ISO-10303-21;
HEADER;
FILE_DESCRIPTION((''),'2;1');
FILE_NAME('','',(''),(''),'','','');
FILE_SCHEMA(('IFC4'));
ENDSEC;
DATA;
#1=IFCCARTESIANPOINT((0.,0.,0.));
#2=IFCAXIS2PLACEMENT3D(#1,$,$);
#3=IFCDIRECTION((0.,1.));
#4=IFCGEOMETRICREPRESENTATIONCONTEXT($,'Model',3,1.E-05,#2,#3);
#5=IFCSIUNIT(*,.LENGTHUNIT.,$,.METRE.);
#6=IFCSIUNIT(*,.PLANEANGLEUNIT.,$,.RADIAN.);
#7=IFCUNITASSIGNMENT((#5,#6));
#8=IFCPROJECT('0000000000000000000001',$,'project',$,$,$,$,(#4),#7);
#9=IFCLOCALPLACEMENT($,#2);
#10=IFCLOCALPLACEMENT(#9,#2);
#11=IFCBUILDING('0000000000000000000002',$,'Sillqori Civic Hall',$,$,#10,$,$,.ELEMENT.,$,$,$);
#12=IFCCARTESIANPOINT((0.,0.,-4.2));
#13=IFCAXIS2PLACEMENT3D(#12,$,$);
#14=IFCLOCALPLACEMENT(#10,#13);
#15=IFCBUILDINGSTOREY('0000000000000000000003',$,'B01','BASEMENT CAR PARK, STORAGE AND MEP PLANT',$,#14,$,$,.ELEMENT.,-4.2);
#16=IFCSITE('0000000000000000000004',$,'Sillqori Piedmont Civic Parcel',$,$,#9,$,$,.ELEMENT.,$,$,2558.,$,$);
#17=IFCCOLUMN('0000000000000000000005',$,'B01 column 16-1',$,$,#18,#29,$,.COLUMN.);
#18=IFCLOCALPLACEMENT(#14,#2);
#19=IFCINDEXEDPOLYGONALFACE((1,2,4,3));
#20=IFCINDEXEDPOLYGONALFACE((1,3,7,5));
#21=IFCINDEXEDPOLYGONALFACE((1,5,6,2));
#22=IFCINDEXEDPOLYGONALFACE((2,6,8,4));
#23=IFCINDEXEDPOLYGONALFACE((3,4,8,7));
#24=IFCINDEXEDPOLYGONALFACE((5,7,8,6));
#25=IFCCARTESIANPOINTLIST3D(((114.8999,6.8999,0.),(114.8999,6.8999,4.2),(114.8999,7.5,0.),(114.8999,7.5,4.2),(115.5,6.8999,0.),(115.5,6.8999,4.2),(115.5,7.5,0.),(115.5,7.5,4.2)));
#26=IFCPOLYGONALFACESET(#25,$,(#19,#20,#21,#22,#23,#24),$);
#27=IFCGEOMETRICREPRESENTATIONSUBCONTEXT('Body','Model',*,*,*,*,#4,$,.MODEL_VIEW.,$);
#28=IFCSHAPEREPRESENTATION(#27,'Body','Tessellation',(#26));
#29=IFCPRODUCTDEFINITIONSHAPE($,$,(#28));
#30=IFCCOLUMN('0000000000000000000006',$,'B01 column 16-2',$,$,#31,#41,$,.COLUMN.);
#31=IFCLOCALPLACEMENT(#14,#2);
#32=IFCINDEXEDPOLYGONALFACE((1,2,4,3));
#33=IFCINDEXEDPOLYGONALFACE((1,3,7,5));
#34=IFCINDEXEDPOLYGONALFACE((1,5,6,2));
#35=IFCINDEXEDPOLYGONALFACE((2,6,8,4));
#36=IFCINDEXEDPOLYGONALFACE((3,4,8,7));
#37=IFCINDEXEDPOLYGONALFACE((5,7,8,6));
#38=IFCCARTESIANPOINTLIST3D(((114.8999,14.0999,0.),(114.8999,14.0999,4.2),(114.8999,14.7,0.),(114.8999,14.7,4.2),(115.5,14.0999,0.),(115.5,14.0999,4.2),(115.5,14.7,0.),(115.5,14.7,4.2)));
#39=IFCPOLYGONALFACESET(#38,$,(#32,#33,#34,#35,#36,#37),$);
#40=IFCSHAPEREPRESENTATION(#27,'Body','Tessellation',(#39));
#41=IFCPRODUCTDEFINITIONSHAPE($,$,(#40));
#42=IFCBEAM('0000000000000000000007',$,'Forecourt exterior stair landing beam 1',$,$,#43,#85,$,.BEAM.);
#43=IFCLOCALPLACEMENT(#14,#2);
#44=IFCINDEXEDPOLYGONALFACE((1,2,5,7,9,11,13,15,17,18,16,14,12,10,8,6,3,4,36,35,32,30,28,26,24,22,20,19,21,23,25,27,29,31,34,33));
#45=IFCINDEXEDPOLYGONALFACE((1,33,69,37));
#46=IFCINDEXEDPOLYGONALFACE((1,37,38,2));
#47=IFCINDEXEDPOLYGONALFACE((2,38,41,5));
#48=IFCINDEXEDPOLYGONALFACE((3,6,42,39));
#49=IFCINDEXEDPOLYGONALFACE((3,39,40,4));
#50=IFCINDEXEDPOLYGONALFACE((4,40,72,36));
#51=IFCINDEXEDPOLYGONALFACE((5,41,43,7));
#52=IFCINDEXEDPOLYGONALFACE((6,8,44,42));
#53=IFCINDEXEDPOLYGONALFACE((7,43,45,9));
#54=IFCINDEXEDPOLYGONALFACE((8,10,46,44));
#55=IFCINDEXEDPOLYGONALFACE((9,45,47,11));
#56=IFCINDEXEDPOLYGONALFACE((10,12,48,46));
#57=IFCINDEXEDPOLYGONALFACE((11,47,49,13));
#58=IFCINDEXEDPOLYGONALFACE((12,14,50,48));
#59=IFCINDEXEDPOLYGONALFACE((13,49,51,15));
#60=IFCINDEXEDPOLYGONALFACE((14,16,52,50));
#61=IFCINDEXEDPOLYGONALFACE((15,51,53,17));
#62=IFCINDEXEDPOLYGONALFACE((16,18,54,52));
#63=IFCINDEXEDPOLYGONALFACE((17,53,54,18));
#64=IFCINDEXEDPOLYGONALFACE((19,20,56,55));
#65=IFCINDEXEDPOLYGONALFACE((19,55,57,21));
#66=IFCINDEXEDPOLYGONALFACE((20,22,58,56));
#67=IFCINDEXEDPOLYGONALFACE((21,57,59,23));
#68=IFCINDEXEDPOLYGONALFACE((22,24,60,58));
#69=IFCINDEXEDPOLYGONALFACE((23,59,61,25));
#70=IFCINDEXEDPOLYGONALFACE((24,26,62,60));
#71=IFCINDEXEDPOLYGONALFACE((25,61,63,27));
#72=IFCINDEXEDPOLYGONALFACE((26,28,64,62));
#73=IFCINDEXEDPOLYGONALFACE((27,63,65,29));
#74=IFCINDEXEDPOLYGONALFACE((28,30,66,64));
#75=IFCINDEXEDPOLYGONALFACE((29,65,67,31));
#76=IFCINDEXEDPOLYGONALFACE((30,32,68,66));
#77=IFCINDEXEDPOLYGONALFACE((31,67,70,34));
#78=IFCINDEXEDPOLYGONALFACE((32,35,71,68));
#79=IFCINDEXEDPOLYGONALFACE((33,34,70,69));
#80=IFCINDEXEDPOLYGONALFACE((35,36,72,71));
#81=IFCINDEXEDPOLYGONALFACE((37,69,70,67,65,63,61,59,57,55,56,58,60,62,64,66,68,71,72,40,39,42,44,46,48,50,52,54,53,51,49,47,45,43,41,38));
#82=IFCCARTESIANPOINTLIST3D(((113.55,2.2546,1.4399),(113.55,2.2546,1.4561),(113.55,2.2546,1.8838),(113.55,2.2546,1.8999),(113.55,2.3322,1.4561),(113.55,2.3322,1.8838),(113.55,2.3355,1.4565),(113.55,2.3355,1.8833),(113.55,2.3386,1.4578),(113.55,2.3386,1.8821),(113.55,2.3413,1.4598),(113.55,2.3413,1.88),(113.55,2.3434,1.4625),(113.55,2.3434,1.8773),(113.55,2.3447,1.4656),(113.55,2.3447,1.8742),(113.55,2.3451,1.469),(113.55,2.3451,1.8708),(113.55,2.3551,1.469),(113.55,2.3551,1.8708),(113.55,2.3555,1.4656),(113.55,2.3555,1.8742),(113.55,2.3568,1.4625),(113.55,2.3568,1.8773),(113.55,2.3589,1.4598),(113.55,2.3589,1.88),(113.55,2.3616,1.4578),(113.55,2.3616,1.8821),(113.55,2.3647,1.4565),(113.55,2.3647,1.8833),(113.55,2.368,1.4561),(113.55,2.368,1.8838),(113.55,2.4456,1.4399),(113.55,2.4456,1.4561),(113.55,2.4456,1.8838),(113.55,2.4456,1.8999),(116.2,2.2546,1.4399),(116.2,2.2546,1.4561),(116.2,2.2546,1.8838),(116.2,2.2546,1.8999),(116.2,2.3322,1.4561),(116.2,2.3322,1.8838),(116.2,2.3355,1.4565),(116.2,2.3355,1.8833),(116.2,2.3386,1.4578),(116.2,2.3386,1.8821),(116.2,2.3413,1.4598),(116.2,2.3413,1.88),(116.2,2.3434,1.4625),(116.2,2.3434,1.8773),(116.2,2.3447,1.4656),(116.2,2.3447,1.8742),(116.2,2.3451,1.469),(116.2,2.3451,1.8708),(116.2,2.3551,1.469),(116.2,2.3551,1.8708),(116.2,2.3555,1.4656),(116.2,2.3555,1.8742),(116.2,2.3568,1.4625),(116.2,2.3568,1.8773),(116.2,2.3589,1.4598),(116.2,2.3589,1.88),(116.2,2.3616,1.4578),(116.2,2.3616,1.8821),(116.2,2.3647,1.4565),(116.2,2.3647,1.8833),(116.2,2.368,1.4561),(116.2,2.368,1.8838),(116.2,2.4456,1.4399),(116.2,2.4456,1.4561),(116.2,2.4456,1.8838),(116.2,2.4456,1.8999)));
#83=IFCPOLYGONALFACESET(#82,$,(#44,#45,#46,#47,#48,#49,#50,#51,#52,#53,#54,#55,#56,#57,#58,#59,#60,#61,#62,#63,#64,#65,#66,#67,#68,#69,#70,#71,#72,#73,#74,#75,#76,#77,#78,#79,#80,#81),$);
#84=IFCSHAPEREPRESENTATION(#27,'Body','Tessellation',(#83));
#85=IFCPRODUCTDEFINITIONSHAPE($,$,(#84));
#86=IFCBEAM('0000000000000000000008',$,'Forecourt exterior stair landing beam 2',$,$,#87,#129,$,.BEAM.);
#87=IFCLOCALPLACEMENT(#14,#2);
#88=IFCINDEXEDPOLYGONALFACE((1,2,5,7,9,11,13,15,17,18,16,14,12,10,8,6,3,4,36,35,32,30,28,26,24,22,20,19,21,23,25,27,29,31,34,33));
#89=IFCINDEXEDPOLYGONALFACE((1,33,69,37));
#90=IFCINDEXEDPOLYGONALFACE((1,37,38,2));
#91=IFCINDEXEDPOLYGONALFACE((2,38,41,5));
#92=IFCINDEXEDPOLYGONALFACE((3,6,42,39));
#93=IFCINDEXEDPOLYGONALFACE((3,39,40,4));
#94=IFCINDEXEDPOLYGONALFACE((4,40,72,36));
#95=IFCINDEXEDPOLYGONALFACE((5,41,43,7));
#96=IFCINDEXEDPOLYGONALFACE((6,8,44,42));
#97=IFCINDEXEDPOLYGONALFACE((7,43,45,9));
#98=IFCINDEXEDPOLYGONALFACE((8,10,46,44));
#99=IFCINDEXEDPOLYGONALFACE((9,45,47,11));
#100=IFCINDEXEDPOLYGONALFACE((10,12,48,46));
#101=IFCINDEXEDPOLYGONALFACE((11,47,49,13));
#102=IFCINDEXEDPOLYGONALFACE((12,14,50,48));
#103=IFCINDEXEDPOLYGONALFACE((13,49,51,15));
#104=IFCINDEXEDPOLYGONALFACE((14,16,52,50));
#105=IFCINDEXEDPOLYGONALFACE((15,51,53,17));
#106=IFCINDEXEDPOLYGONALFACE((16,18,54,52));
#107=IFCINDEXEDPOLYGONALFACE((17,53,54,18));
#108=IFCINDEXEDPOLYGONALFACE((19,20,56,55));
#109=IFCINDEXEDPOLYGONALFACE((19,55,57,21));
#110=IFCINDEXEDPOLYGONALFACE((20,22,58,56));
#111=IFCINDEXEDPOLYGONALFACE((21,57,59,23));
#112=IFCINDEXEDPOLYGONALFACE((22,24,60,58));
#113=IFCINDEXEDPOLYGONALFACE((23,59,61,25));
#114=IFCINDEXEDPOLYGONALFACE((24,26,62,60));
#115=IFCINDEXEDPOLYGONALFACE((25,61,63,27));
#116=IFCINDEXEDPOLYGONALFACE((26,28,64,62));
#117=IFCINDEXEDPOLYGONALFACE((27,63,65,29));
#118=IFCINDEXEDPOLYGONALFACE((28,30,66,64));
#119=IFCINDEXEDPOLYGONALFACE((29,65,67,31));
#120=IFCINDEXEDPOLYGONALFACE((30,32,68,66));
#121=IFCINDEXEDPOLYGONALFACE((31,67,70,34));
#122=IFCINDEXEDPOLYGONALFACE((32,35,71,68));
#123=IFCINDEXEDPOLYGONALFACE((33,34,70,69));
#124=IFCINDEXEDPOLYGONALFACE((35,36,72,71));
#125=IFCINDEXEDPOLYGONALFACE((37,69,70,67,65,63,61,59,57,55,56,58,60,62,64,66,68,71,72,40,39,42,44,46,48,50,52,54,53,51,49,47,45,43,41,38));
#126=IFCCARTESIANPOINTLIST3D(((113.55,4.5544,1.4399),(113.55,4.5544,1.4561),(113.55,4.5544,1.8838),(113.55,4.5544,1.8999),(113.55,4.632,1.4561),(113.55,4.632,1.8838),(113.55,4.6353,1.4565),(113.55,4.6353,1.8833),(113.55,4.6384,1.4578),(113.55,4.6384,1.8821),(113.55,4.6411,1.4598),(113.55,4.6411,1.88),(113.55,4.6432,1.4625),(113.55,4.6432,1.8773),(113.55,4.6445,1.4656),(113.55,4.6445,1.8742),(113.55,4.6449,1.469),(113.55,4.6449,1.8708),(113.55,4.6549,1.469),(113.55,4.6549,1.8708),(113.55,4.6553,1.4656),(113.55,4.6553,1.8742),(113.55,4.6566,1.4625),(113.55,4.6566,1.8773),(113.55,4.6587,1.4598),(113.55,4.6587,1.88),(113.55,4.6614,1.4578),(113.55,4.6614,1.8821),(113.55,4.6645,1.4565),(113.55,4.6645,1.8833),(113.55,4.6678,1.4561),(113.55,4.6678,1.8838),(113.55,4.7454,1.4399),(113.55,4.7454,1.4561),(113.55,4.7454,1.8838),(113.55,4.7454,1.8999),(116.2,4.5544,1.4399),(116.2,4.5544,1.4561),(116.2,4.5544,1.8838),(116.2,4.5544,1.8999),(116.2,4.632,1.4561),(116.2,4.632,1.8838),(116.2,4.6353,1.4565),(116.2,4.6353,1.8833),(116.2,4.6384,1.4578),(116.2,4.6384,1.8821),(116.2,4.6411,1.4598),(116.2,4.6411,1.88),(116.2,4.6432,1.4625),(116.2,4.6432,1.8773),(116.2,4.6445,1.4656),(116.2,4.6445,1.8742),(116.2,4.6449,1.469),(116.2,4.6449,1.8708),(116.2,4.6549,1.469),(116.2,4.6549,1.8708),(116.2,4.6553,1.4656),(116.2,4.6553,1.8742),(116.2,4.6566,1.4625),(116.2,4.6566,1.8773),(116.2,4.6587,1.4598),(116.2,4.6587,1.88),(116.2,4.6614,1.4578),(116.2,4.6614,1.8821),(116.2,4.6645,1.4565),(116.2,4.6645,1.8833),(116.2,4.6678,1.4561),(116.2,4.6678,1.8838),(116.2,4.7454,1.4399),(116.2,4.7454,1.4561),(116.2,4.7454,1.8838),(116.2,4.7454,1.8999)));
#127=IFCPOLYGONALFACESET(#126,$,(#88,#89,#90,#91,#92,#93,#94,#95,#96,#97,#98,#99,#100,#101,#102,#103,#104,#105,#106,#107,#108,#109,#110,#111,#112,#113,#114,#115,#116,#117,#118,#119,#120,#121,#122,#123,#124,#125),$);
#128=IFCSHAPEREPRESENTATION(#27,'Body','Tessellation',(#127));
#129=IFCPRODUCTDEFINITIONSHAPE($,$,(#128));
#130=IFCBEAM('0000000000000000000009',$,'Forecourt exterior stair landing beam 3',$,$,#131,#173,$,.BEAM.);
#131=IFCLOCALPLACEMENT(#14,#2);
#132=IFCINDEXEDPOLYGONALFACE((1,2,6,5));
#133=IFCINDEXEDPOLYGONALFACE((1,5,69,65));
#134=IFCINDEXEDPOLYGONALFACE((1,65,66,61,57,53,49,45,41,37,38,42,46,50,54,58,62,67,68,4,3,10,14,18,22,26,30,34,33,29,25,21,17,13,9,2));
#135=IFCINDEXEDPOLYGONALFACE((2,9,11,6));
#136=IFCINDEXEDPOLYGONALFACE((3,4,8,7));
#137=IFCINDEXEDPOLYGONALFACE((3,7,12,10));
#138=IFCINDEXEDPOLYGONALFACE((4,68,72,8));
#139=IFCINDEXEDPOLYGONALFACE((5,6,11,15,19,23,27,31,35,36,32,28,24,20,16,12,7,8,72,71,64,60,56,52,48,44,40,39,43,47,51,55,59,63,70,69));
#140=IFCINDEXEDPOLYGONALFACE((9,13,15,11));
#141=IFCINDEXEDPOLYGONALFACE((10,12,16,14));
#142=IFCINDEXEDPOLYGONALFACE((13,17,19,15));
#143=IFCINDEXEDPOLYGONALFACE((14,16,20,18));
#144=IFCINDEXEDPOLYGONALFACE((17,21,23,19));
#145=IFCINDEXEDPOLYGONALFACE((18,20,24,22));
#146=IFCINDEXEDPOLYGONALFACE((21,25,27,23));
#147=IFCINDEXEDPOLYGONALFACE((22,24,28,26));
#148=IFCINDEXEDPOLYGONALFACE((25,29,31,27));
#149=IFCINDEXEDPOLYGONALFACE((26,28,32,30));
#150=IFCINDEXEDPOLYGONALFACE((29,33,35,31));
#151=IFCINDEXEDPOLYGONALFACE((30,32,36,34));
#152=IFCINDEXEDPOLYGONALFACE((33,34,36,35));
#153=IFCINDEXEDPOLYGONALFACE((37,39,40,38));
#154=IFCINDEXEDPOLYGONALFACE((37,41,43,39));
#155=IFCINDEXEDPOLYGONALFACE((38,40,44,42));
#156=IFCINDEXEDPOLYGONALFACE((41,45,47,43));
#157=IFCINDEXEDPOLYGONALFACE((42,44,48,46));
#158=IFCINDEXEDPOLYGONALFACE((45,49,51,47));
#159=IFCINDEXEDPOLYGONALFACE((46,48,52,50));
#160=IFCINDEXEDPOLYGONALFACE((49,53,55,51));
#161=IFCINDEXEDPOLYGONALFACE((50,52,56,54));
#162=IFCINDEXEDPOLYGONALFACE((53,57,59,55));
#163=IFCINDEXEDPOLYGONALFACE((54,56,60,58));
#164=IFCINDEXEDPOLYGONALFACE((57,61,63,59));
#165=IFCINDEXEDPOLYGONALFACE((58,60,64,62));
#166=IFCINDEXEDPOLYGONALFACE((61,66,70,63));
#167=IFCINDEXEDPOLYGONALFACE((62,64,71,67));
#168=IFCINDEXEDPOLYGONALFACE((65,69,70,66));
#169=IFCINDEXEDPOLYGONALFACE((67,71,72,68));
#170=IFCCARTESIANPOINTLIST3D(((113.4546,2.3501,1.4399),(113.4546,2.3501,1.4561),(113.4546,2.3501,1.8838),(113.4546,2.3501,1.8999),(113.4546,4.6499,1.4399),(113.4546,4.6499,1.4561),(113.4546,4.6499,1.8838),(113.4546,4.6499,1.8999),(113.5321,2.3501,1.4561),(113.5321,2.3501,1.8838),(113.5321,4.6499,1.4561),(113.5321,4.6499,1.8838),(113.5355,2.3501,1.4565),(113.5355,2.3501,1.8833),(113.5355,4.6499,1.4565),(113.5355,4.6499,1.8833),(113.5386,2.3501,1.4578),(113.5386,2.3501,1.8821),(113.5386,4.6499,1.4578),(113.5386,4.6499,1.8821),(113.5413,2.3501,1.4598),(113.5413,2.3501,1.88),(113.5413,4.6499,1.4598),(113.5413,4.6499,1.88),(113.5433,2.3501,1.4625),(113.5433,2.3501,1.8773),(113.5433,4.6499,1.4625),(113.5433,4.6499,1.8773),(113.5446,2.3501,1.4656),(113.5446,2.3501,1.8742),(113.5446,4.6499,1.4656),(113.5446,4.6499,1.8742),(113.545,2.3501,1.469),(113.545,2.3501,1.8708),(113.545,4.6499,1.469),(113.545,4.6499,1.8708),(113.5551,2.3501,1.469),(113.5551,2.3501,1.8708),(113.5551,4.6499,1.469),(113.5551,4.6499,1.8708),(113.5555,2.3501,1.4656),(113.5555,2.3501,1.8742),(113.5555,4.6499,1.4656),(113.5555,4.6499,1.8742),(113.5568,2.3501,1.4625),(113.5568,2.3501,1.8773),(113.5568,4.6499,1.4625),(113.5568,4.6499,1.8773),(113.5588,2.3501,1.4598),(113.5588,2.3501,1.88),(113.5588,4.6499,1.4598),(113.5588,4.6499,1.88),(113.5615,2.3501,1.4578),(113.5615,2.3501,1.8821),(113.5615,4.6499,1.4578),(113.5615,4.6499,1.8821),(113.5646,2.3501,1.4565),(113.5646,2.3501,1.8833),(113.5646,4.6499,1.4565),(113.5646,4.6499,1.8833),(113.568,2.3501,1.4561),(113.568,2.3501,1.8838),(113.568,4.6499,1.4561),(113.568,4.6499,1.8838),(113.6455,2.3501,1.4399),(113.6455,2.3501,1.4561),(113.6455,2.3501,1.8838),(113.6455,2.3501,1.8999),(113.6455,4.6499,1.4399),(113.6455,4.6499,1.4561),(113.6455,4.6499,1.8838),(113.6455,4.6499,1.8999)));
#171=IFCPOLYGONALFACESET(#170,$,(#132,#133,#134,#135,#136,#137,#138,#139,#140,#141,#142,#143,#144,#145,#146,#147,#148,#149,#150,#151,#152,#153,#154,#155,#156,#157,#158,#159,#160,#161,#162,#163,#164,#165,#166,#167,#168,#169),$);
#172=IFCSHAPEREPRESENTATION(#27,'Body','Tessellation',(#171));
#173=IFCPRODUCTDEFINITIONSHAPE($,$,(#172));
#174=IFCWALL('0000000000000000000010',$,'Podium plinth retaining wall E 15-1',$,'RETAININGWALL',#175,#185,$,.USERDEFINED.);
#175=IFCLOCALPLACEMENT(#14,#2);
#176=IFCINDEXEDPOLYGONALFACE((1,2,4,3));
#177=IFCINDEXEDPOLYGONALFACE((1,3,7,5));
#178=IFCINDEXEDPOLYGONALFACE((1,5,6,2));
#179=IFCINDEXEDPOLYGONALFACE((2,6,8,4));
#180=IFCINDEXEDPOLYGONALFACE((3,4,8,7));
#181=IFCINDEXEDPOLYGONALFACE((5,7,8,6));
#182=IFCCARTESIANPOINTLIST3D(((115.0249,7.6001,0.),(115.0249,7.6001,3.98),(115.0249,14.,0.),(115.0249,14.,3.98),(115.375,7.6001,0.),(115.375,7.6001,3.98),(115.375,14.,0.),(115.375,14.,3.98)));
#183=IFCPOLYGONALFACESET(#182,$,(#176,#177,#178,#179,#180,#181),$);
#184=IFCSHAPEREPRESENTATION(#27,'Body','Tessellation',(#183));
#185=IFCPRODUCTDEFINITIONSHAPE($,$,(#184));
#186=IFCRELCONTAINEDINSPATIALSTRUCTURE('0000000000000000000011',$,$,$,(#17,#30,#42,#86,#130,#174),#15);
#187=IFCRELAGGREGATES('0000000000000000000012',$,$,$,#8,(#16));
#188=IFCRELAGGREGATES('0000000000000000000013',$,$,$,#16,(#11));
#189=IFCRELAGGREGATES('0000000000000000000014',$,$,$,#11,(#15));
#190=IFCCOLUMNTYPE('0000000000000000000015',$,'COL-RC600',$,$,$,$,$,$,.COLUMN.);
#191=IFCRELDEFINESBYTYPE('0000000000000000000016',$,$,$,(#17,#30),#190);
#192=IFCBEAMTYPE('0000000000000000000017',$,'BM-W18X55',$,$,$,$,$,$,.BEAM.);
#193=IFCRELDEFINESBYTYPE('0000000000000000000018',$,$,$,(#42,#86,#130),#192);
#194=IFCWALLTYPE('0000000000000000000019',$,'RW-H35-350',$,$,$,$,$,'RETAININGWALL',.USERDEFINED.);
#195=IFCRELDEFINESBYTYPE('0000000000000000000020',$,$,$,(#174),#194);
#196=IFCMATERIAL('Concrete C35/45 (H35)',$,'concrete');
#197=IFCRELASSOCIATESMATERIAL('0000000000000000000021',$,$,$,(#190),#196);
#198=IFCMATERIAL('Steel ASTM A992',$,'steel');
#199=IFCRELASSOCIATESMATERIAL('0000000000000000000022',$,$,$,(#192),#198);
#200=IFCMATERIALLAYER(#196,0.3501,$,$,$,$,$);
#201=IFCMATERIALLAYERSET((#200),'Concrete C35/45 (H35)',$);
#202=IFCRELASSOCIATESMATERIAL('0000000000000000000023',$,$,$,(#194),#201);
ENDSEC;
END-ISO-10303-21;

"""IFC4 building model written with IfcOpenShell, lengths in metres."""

from ifc_helpers import new_model, si_unit, direction, frame, frame_2d, origin, origin_2d, place, context, subcontext, project, spatial, rectangle, i_section, extrude, material, layer, layer_set, material_profile, profile_set, type_object, element, save


model = new_model("IFC4")

# Units and contexts
model_context = context("Model", 3, precision=1e-05, world=origin(), true_north=direction((0.0, 1.0)))
body_context = subcontext(model_context, "Body", "Model", "MODEL_VIEW")
ifc_project = project(units=[si_unit("LENGTHUNIT", "METRE"), si_unit("PLANEANGLEUNIT", "RADIAN")], contexts=[model_context])

# Site, building, storey
site_placement = place(None, origin())
site = spatial("IfcSite", under=ifc_project, at=site_placement, Name="Sillqori Piedmont Civic Parcel", CompositionType="ELEMENT", RefElevation=2558.0)
building_placement = place(site_placement, origin())
building = spatial("IfcBuilding", under=site, at=building_placement, Name="Sillqori Civic Hall", CompositionType="ELEMENT")
storey_placement = place(building_placement, frame((0.0, 0.0, -4.2)))
storey = spatial("IfcBuildingStorey", under=building, at=storey_placement, Name="B01", Description="BASEMENT CAR PARK, STORAGE AND MEP PLANT", CompositionType="ELEMENT", Elevation=-4.2)

# Shared definitions
ifc_material_1 = material(Name="Concrete C35/45 (H35)", Category="concrete")

# Columns
ifc_material_profile_1 = material_profile(ifc_material_1, rectangle(XDim=0.6001, YDim=0.6001, at=origin_2d()), Name="RC 600x600")
ifc_profile_set_1 = profile_set([ifc_material_profile_1], Name="Concrete C35/45 (H35)")
column_type_1 = type_object("IfcColumnType", Name="COL-RC600", PredefinedType="COLUMN", material=ifc_profile_set_1)
for number, where, z_axis, x_axis, name in (
    (1, (115.2, 7.2, 0.0), (0.0, 0.0, 1.0), (1.0, 0.0, 0.0), "B01 column 16-1"),
    (2, (115.2, 14.3999, 0.0), (0.0, 0.0, 1.0), (1.0, 0.0, 0.0), "B01 column 16-2"),
):
    element("IfcColumn", number, at=place(storey_placement, frame(where, z_axis=z_axis, x_axis=x_axis)), inside=storey, type_object=column_type_1, Name=name, PredefinedType="COLUMN", context=body_context, shape_type="SweptSolid", body=[
        extrude(rectangle(XDim=0.6001, YDim=0.6001, at=origin_2d()), origin(), (0.0, 0.0, 1.0), 4.2),
    ])

# Beams
ifc_material_2 = material(Name="Steel ASTM A992", Category="steel")
ifc_material_profile_2 = material_profile(ifc_material_2, i_section(OverallWidth=0.1909, OverallDepth=0.46, WebThickness=0.01, FlangeThickness=0.0161, FilletRadius=0.0129, at=origin_2d()), Name="W18X55")
ifc_profile_set_2 = profile_set([ifc_material_profile_2], Name="Steel ASTM A992")
beam_type = type_object("IfcBeamType", Name="BM-W18X55", PredefinedType="BEAM", material=ifc_profile_set_2)
for number, where, z_axis, x_axis, name in (
    (3, (113.55, 2.3501, 1.6699), (1.0, 0.0, 0.0), (0.0, 1.0, 0.0), "Forecourt exterior stair landing beam 1"),
    (4, (113.55, 4.6499, 1.6699), (1.0, 0.0, 0.0), (0.0, 1.0, 0.0), "Forecourt exterior stair landing beam 2"),
):
    element("IfcBeam", number, at=place(storey_placement, frame(where, z_axis=z_axis, x_axis=x_axis)), inside=storey, type_object=beam_type, Name=name, PredefinedType="BEAM", context=body_context, shape_type="SweptSolid", body=[
        extrude(i_section(OverallWidth=0.1909, OverallDepth=0.46, WebThickness=0.01, FlangeThickness=0.0161, FilletRadius=0.0129, at=origin_2d()), origin(), (0.0, 0.0, 1.0), 2.6499),
    ])
beam_placement = place(storey_placement, frame((113.55, 2.3501, 1.6699), z_axis=(0.0, 1.0, 0.0), x_axis=(-1.0, 0.0, 0.0)))
element("IfcBeam", 5, at=beam_placement, inside=storey, type_object=beam_type, Name="Forecourt exterior stair landing beam 3", PredefinedType="BEAM", context=body_context, shape_type="SweptSolid", body=[
    extrude(i_section(OverallWidth=0.1909, OverallDepth=0.46, WebThickness=0.01, FlangeThickness=0.0161, FilletRadius=0.0129, at=origin_2d()), origin(), (0.0, 0.0, 1.0), 2.2998),
])

# Wall
ifc_layer_1 = layer(ifc_material_1, 0.3501)
ifc_layer_set_1 = layer_set([ifc_layer_1], Name="Concrete C35/45 (H35)")
wall_type = type_object("IfcWallType", Name="RW-H35-350", ElementType="RETAININGWALL", PredefinedType="USERDEFINED", material=ifc_layer_set_1)
wall_placement = place(storey_placement, frame((115.2, 7.6001, 0.0), z_axis=(0.0, 0.0, 1.0), x_axis=(0.0, 1.0, 0.0)))
element("IfcWall", 6, at=wall_placement, inside=storey, type_object=wall_type, Name="Podium plinth retaining wall E 15-1", ObjectType="RETAININGWALL", PredefinedType="USERDEFINED", context=body_context, shape_type="SweptSolid", body=[
    extrude(rectangle(XDim=6.3999, YDim=0.3501, at=frame_2d((3.2, 0.0))), origin(), (0.0, 0.0, 1.0), 3.98),
])

save(model, "model.ifc")
